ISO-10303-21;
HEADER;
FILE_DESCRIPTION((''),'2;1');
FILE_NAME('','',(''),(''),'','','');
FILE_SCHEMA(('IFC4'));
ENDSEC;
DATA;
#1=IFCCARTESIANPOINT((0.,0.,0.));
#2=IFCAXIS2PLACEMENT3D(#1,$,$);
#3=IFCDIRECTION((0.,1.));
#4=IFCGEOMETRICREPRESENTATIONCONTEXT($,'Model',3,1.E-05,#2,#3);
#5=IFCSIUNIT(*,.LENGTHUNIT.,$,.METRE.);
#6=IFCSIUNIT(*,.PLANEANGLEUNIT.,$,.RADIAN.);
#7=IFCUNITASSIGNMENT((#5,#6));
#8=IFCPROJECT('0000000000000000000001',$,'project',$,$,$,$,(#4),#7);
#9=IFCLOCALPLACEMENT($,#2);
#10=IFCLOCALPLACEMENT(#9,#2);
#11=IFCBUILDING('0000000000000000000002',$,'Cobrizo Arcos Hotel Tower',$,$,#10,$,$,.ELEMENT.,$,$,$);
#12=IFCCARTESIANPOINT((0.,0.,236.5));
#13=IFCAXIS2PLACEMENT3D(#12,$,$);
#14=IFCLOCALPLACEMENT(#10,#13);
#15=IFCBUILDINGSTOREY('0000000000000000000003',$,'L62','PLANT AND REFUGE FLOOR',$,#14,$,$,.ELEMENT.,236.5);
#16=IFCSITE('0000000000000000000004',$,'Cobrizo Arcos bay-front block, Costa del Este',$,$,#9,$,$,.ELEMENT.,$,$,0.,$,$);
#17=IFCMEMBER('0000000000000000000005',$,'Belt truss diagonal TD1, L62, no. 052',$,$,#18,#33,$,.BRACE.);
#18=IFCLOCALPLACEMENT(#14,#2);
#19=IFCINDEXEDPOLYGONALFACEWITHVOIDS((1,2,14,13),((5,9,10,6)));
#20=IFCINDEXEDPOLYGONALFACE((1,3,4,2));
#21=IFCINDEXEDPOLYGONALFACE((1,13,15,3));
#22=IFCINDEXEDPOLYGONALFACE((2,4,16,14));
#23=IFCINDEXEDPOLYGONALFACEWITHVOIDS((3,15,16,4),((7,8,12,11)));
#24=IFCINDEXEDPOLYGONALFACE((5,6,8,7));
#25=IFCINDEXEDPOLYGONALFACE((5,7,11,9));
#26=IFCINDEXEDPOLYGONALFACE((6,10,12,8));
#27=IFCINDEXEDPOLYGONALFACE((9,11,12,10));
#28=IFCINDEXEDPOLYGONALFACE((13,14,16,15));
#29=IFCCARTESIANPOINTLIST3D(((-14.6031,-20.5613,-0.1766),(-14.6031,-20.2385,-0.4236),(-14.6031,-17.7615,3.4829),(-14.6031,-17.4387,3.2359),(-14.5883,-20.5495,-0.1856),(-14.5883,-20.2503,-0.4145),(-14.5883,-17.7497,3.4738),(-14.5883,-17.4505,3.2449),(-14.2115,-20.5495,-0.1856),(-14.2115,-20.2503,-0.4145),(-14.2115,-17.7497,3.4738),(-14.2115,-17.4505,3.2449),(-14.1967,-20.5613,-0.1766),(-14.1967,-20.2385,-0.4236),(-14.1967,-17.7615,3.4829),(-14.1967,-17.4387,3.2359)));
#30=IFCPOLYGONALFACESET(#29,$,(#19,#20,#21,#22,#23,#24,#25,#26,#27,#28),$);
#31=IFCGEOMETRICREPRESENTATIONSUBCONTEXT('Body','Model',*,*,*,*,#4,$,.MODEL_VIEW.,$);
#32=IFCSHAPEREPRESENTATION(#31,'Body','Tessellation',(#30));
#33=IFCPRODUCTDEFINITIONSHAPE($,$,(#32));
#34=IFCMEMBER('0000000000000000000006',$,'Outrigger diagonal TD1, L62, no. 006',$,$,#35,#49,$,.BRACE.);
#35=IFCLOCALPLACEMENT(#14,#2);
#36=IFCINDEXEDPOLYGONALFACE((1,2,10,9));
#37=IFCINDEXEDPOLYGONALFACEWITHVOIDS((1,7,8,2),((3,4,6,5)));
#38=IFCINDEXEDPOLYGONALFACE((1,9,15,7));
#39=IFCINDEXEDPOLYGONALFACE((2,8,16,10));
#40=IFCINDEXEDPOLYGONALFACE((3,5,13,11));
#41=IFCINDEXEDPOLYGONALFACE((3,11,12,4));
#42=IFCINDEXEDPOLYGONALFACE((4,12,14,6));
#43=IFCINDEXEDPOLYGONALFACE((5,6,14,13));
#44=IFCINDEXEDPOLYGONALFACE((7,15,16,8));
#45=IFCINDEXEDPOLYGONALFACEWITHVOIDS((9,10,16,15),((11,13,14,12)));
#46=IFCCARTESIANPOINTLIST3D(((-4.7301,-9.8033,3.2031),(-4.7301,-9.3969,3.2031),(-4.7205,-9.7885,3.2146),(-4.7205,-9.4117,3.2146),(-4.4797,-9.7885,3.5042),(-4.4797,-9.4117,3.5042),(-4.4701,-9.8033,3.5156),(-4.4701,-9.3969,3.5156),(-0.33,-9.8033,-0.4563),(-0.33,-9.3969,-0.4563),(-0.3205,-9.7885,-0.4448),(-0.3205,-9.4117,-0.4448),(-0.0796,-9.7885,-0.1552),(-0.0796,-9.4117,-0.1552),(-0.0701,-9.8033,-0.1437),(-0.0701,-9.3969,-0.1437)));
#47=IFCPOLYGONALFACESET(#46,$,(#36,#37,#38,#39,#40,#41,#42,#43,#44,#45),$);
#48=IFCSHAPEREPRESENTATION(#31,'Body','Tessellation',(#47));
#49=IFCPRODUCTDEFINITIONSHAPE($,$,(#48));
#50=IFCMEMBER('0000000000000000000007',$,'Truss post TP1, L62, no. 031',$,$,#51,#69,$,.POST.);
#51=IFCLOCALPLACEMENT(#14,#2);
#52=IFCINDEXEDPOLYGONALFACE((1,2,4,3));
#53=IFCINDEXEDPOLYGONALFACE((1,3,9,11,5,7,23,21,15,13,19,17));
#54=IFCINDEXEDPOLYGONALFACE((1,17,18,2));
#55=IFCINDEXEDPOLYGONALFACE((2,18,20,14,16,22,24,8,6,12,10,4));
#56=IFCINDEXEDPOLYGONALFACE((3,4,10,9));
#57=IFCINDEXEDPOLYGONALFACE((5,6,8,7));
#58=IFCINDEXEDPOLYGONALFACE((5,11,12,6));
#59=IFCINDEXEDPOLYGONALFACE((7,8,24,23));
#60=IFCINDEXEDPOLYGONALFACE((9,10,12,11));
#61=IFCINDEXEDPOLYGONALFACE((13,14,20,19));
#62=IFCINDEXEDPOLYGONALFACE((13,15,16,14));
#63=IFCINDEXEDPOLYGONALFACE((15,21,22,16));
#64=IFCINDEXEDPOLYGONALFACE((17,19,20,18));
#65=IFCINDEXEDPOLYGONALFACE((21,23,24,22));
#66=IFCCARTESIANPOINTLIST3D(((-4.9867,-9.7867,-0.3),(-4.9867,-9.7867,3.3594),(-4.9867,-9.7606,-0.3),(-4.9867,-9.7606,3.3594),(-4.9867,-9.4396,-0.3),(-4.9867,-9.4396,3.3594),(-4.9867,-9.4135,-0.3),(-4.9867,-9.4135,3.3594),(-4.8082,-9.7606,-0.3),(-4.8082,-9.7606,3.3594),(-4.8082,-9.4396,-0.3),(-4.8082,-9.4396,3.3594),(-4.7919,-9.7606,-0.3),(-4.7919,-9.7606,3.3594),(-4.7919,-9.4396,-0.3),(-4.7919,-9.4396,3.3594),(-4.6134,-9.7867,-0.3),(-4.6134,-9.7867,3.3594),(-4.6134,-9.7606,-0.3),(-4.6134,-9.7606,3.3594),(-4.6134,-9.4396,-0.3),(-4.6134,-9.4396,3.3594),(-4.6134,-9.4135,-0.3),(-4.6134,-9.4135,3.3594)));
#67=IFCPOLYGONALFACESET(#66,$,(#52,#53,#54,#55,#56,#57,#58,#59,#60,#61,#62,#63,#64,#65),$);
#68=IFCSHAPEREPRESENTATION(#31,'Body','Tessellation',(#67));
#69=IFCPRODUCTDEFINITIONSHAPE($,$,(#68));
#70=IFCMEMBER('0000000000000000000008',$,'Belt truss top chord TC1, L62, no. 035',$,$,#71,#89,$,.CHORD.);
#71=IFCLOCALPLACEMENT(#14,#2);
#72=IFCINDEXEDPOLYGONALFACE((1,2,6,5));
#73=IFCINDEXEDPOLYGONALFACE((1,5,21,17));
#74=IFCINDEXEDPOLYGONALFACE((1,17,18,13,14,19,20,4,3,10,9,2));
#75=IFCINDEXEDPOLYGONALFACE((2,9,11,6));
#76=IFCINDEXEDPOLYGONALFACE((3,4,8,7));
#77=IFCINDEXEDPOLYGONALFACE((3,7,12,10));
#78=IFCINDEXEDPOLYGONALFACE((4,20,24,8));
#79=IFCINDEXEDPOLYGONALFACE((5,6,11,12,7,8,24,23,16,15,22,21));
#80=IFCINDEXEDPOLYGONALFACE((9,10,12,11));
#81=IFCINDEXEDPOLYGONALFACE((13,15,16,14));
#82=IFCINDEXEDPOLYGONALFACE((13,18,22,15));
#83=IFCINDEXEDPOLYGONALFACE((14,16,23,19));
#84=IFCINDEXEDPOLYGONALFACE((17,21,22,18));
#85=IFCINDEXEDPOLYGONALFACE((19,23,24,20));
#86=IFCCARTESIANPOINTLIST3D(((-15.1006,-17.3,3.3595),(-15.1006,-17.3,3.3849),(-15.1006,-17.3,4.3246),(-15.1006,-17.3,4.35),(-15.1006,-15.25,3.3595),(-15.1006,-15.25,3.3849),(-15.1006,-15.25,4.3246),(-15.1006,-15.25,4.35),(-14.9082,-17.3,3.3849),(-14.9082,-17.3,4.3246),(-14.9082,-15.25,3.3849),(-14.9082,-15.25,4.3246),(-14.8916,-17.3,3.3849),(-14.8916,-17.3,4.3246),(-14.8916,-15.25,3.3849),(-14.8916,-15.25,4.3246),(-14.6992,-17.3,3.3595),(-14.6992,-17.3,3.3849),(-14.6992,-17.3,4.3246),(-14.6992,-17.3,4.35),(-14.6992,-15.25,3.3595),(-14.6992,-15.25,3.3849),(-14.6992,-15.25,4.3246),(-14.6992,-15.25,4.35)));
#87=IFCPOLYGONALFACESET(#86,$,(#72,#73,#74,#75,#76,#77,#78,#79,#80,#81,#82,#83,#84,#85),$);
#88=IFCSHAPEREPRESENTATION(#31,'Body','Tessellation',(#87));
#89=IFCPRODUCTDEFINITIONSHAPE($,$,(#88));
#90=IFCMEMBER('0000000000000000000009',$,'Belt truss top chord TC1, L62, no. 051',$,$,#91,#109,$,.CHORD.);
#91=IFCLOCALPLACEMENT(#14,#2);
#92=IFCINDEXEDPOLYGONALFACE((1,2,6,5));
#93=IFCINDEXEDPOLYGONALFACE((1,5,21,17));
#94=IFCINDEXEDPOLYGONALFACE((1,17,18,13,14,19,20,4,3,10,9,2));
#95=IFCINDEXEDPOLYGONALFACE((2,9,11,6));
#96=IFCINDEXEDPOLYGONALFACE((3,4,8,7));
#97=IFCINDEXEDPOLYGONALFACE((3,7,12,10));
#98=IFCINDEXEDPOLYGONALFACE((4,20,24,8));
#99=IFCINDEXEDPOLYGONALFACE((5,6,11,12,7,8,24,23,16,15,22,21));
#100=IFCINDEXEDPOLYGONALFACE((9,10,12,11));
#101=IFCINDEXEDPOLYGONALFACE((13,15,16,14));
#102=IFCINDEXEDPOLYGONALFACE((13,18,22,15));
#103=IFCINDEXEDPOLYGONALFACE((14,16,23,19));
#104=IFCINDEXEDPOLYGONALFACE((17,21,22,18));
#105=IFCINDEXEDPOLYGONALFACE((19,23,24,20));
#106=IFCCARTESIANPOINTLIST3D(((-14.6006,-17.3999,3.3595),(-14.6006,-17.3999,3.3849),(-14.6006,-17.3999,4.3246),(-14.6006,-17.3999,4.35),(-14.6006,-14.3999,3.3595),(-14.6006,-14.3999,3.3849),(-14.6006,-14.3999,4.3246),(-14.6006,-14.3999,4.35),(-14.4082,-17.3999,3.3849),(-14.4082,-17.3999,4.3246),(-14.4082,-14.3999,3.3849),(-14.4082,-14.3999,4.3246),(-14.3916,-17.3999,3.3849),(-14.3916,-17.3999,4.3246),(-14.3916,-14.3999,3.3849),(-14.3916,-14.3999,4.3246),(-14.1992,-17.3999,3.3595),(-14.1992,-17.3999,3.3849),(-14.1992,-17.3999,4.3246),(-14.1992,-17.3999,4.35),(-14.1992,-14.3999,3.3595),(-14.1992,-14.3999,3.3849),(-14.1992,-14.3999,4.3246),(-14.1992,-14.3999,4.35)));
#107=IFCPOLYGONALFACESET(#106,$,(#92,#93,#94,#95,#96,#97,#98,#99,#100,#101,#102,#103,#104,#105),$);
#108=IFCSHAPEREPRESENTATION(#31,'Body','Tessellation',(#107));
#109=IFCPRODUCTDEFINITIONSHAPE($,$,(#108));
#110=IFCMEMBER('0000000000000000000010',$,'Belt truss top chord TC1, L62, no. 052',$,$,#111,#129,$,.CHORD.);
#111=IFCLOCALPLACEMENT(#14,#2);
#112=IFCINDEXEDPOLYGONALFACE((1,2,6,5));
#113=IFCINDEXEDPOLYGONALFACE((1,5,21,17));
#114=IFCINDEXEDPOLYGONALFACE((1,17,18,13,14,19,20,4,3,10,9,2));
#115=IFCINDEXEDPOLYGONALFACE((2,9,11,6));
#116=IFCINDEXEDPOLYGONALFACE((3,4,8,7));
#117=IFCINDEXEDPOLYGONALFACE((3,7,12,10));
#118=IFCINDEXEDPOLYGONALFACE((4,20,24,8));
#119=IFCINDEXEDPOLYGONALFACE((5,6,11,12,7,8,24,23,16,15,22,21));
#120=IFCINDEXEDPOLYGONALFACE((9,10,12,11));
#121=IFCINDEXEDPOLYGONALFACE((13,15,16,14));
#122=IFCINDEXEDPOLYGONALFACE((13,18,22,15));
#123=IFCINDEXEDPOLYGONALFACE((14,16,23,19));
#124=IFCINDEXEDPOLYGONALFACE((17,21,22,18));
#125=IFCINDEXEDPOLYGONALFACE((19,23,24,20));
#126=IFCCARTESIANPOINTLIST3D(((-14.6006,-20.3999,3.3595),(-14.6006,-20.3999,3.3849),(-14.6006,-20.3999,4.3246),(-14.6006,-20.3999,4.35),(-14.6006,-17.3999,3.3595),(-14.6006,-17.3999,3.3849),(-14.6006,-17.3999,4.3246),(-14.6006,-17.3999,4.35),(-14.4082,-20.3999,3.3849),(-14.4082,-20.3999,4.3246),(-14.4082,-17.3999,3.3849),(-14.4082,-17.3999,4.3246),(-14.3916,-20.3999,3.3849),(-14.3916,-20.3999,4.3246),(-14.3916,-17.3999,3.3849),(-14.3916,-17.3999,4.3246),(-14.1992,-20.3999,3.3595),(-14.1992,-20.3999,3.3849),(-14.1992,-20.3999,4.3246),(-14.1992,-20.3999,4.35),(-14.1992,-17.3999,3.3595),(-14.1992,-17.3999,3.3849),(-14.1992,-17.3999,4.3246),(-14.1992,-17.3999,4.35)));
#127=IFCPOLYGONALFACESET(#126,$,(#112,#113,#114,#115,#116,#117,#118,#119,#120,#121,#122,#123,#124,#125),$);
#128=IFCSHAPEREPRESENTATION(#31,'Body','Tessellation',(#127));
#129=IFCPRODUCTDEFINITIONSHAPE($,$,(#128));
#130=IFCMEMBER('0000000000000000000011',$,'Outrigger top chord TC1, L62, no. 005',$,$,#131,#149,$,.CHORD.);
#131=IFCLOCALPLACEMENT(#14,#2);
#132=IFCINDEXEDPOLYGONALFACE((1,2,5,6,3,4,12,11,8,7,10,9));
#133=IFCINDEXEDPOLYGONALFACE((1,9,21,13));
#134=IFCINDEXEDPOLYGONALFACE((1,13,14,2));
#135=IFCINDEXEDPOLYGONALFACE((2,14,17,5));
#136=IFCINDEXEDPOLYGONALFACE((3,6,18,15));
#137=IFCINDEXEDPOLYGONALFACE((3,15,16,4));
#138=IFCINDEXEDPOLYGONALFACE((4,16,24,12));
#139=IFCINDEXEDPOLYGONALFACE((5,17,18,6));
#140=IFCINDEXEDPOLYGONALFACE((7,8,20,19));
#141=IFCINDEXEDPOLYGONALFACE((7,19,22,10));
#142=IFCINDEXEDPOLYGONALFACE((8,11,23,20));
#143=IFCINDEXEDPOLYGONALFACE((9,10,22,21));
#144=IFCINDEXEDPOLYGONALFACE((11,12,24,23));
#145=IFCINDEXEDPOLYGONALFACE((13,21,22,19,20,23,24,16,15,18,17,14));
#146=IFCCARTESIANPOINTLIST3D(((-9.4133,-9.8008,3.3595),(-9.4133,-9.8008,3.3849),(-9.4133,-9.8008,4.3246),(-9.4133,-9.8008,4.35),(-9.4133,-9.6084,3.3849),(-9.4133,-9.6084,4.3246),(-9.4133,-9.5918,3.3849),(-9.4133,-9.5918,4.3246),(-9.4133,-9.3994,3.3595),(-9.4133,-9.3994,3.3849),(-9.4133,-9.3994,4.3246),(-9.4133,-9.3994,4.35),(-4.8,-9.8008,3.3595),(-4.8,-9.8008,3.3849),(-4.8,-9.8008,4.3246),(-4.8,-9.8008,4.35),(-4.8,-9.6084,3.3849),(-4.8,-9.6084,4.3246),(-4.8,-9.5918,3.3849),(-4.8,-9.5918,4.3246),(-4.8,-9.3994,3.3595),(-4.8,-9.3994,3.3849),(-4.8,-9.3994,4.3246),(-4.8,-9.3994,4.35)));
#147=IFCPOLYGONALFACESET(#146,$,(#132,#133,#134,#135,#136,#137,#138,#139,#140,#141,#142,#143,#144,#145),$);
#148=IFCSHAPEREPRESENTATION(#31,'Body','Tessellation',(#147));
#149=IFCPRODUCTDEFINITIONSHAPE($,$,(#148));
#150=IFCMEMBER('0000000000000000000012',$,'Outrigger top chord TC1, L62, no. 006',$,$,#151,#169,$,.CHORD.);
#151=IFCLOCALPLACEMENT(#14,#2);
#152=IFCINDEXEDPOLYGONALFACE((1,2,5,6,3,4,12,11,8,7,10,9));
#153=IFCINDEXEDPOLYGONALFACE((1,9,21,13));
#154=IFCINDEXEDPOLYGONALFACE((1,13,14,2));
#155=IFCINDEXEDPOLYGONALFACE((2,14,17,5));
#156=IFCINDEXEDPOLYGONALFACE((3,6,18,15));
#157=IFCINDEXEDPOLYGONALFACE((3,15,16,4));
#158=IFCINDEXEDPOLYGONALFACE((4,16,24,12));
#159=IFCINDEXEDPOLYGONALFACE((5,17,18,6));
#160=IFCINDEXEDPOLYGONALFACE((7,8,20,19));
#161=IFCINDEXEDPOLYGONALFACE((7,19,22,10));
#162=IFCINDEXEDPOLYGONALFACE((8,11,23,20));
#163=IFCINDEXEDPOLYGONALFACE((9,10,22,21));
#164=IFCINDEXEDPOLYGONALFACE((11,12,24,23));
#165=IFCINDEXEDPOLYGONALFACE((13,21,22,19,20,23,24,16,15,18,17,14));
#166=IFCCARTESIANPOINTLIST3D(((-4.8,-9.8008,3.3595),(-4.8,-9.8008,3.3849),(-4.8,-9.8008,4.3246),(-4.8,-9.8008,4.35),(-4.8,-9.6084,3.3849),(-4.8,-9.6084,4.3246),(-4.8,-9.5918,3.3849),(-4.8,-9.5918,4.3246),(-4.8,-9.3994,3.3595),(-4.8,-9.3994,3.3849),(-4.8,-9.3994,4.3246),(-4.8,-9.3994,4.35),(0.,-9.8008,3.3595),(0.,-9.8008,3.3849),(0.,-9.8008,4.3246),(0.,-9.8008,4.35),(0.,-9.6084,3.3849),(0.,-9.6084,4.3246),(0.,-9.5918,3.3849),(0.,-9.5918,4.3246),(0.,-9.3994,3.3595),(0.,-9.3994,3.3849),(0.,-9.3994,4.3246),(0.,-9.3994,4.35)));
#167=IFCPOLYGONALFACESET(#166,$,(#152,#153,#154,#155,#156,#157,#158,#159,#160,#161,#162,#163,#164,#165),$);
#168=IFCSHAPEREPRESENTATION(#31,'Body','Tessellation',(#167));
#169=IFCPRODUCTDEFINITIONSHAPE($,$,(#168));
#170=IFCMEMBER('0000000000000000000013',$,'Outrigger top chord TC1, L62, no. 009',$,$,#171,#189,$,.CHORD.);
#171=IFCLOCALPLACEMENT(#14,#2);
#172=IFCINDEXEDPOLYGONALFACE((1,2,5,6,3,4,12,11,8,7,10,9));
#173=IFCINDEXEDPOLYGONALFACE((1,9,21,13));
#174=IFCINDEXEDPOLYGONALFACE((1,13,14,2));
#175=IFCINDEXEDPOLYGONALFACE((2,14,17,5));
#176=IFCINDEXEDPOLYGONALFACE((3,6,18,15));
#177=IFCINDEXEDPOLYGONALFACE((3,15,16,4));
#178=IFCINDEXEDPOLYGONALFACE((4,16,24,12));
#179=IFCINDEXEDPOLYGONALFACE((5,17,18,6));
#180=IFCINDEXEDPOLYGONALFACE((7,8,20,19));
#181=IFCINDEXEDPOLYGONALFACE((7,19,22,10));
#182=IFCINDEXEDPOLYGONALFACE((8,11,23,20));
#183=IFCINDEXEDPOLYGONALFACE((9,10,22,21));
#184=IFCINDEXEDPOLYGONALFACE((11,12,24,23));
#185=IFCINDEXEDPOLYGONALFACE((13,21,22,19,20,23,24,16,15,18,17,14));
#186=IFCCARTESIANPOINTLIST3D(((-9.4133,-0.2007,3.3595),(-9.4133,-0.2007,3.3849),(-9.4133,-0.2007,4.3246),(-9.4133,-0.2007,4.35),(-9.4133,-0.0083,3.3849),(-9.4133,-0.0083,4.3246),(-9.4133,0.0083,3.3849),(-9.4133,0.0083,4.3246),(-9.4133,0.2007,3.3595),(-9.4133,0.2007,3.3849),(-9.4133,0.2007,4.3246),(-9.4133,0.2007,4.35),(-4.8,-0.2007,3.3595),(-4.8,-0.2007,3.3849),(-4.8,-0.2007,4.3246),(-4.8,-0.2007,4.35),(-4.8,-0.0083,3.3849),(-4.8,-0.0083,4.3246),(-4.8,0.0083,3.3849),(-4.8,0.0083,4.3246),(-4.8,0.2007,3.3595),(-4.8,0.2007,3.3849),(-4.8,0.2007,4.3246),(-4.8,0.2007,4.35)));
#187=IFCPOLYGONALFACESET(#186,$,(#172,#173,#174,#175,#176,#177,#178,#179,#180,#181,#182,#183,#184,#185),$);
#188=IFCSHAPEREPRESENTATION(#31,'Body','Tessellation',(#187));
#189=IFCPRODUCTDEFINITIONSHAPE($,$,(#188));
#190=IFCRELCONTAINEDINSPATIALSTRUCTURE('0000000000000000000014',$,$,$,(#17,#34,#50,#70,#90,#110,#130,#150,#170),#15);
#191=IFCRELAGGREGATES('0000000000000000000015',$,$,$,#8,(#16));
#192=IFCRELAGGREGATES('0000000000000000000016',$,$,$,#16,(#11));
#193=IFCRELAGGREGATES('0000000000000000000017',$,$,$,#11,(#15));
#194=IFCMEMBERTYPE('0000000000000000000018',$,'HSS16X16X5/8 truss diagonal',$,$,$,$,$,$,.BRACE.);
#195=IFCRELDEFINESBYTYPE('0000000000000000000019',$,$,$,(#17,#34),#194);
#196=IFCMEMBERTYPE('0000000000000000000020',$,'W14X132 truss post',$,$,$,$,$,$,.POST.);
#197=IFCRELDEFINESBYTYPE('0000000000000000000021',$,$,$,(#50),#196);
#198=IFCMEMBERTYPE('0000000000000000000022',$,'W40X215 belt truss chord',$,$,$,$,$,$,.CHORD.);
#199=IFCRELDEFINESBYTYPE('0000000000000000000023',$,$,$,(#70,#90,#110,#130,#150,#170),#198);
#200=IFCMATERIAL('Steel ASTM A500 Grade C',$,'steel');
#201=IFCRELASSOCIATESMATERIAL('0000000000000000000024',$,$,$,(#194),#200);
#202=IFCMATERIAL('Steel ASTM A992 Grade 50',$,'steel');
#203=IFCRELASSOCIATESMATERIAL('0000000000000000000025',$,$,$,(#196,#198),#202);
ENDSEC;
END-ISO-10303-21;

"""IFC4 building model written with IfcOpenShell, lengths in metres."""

from ifc_helpers import new_model, si_unit, direction, frame, origin, origin_2d, place, context, subcontext, project, spatial, hollow_rectangle, i_section, extrude, material, material_profile, profile_set, type_object, element, save


model = new_model("IFC4")

# Units and contexts
model_context = context("Model", 3, precision=1e-05, world=origin(), true_north=direction((0.0, 1.0)))
body_context = subcontext(model_context, "Body", "Model", "MODEL_VIEW")
ifc_project = project(units=[si_unit("LENGTHUNIT", "METRE"), si_unit("PLANEANGLEUNIT", "RADIAN")], contexts=[model_context])

# Site, building, storey
site_placement = place(None, origin())
site = spatial("IfcSite", under=ifc_project, at=site_placement, Name="Cobrizo Arcos bay-front block, Costa del Este", CompositionType="ELEMENT", RefElevation=0.0)
building_placement = place(site_placement, origin())
building = spatial("IfcBuilding", under=site, at=building_placement, Name="Cobrizo Arcos Hotel Tower", CompositionType="ELEMENT")
storey_placement = place(building_placement, frame((0.0, 0.0, 236.5)))
storey = spatial("IfcBuildingStorey", under=building, at=storey_placement, Name="L62", Description="PLANT AND REFUGE FLOOR", CompositionType="ELEMENT", Elevation=236.5)

# Members
ifc_material_1 = material(Name="Steel ASTM A500 Grade C", Category="steel")
ifc_material_profile_1 = material_profile(ifc_material_1, hollow_rectangle(XDim=0.4065, YDim=0.4065, WallThickness=0.0149, at=origin_2d()), Name="HSS16X16X5/8")
ifc_profile_set_1 = profile_set([ifc_material_profile_1], Name="Steel ASTM A500 Grade C")
member_type_1 = type_object("IfcMemberType", Name="HSS16X16X5/8 truss diagonal", PredefinedType="BRACE", material=ifc_profile_set_1)
member_1_placement = place(storey_placement, frame((-14.3999, -17.6001, 3.3594), z_axis=(0.0, -0.607645, -0.794209), x_axis=(1.0, 0.0, 0.0)))
element("IfcMember", 1, at=member_1_placement, inside=storey, type_object=member_type_1, Name="Belt truss diagonal TD1, L62, no. 052", PredefinedType="BRACE", context=body_context, shape_type="SweptSolid", body=[
    extrude(hollow_rectangle(XDim=0.4065, YDim=0.4065, WallThickness=0.0149, at=origin_2d()), origin(), (0.0, 0.0, 1.0), 4.6077),
])
member_2_placement = place(storey_placement, frame((-4.6001, -9.6001, 3.3594), z_axis=(0.768854, 0.0, -0.639425), x_axis=(0.0, 1.0, 0.0)))
element("IfcMember", 2, at=member_2_placement, inside=storey, type_object=member_type_1, Name="Outrigger diagonal TD1, L62, no. 006", PredefinedType="BRACE", context=body_context, shape_type="SweptSolid", body=[
    extrude(hollow_rectangle(XDim=0.4065, YDim=0.4065, WallThickness=0.0149, at=origin_2d()), origin(), (0.0, 0.0, 1.0), 5.7229),
])
ifc_material_2 = material(Name="Steel ASTM A992 Grade 50", Category="steel")
ifc_material_profile_2 = material_profile(ifc_material_2, i_section(OverallWidth=0.3733, OverallDepth=0.3733, WebThickness=0.0164, FlangeThickness=0.0261, at=origin_2d()), Name="W14X132")
ifc_profile_set_2 = profile_set([ifc_material_profile_2], Name="Steel ASTM A992 Grade 50")
member_type_2 = type_object("IfcMemberType", Name="W14X132 truss post", PredefinedType="POST", material=ifc_profile_set_2)
member_3_placement = place(storey_placement, frame((-4.8, -9.6001, -0.3), z_axis=(0.0, 0.0, 1.0), x_axis=(1.0, 0.0, 0.0)))
element("IfcMember", 3, at=member_3_placement, inside=storey, type_object=member_type_2, Name="Truss post TP1, L62, no. 031", PredefinedType="POST", context=body_context, shape_type="SweptSolid", body=[
    extrude(i_section(OverallWidth=0.3733, OverallDepth=0.3733, WebThickness=0.0164, FlangeThickness=0.0261, at=origin_2d()), origin(), (0.0, 0.0, 1.0), 3.6594),
])
ifc_material_profile_3 = material_profile(ifc_material_2, i_section(OverallWidth=0.4014, OverallDepth=0.9905, WebThickness=0.0166, FlangeThickness=0.0254, at=origin_2d()), Name="W40X215")
ifc_profile_set_3 = profile_set([ifc_material_profile_3], Name="Steel ASTM A992 Grade 50")
member_type_3 = type_object("IfcMemberType", Name="W40X215 belt truss chord", PredefinedType="CHORD", material=ifc_profile_set_3)
member_4_placement = place(storey_placement, frame((-14.8999, -15.25, 3.8547), z_axis=(0.0, -1.0, 0.0), x_axis=(1.0, 0.0, 0.0)))
element("IfcMember", 4, at=member_4_placement, inside=storey, type_object=member_type_3, Name="Belt truss top chord TC1, L62, no. 035", PredefinedType="CHORD", context=body_context, shape_type="SweptSolid", body=[
    extrude(i_section(OverallWidth=0.4014, OverallDepth=0.9905, WebThickness=0.0166, FlangeThickness=0.0254, at=origin_2d()), origin(), (0.0, 0.0, 1.0), 2.05),
])
for number, where, z_axis, x_axis, name in (
    (5, (-14.3999, -14.3999, 3.8547), (0.0, -1.0, 0.0), (1.0, 0.0, 0.0), "Belt truss top chord TC1, L62, no. 051"),
    (6, (-14.3999, -17.3999, 3.8547), (0.0, -1.0, 0.0), (1.0, 0.0, 0.0), "Belt truss top chord TC1, L62, no. 052"),
):
    element("IfcMember", number, at=place(storey_placement, frame(where, z_axis=z_axis, x_axis=x_axis)), inside=storey, type_object=member_type_3, Name=name, PredefinedType="CHORD", context=body_context, shape_type="SweptSolid", body=[
        extrude(i_section(OverallWidth=0.4014, OverallDepth=0.9905, WebThickness=0.0166, FlangeThickness=0.0254, at=origin_2d()), origin(), (0.0, 0.0, 1.0), 3.0),
    ])
member_5_placement = place(storey_placement, frame((-9.4133, -9.6001, 3.8547), z_axis=(1.0, 0.0, 0.0), x_axis=(0.0, 1.0, 0.0)))
element("IfcMember", 7, at=member_5_placement, inside=storey, type_object=member_type_3, Name="Outrigger top chord TC1, L62, no. 005", PredefinedType="CHORD", context=body_context, shape_type="SweptSolid", body=[
    extrude(i_section(OverallWidth=0.4014, OverallDepth=0.9905, WebThickness=0.0166, FlangeThickness=0.0254, at=origin_2d()), origin(), (0.0, 0.0, 1.0), 4.6133),
])
member_6_placement = place(storey_placement, frame((-4.8, -9.6001, 3.8547), z_axis=(1.0, 0.0, 0.0), x_axis=(0.0, 1.0, 0.0)))
element("IfcMember", 8, at=member_6_placement, inside=storey, type_object=member_type_3, Name="Outrigger top chord TC1, L62, no. 006", PredefinedType="CHORD", context=body_context, shape_type="SweptSolid", body=[
    extrude(i_section(OverallWidth=0.4014, OverallDepth=0.9905, WebThickness=0.0166, FlangeThickness=0.0254, at=origin_2d()), origin(), (0.0, 0.0, 1.0), 4.8),
])
member_7_placement = place(storey_placement, frame((-9.4133, 0.0, 3.8547), z_axis=(1.0, 0.0, 0.0), x_axis=(0.0, 1.0, 0.0)))
element("IfcMember", 9, at=member_7_placement, inside=storey, type_object=member_type_3, Name="Outrigger top chord TC1, L62, no. 009", PredefinedType="CHORD", context=body_context, shape_type="SweptSolid", body=[
    extrude(i_section(OverallWidth=0.4014, OverallDepth=0.9905, WebThickness=0.0166, FlangeThickness=0.0254, at=origin_2d()), origin(), (0.0, 0.0, 1.0), 4.6133),
])

save(model, "model.ifc")
